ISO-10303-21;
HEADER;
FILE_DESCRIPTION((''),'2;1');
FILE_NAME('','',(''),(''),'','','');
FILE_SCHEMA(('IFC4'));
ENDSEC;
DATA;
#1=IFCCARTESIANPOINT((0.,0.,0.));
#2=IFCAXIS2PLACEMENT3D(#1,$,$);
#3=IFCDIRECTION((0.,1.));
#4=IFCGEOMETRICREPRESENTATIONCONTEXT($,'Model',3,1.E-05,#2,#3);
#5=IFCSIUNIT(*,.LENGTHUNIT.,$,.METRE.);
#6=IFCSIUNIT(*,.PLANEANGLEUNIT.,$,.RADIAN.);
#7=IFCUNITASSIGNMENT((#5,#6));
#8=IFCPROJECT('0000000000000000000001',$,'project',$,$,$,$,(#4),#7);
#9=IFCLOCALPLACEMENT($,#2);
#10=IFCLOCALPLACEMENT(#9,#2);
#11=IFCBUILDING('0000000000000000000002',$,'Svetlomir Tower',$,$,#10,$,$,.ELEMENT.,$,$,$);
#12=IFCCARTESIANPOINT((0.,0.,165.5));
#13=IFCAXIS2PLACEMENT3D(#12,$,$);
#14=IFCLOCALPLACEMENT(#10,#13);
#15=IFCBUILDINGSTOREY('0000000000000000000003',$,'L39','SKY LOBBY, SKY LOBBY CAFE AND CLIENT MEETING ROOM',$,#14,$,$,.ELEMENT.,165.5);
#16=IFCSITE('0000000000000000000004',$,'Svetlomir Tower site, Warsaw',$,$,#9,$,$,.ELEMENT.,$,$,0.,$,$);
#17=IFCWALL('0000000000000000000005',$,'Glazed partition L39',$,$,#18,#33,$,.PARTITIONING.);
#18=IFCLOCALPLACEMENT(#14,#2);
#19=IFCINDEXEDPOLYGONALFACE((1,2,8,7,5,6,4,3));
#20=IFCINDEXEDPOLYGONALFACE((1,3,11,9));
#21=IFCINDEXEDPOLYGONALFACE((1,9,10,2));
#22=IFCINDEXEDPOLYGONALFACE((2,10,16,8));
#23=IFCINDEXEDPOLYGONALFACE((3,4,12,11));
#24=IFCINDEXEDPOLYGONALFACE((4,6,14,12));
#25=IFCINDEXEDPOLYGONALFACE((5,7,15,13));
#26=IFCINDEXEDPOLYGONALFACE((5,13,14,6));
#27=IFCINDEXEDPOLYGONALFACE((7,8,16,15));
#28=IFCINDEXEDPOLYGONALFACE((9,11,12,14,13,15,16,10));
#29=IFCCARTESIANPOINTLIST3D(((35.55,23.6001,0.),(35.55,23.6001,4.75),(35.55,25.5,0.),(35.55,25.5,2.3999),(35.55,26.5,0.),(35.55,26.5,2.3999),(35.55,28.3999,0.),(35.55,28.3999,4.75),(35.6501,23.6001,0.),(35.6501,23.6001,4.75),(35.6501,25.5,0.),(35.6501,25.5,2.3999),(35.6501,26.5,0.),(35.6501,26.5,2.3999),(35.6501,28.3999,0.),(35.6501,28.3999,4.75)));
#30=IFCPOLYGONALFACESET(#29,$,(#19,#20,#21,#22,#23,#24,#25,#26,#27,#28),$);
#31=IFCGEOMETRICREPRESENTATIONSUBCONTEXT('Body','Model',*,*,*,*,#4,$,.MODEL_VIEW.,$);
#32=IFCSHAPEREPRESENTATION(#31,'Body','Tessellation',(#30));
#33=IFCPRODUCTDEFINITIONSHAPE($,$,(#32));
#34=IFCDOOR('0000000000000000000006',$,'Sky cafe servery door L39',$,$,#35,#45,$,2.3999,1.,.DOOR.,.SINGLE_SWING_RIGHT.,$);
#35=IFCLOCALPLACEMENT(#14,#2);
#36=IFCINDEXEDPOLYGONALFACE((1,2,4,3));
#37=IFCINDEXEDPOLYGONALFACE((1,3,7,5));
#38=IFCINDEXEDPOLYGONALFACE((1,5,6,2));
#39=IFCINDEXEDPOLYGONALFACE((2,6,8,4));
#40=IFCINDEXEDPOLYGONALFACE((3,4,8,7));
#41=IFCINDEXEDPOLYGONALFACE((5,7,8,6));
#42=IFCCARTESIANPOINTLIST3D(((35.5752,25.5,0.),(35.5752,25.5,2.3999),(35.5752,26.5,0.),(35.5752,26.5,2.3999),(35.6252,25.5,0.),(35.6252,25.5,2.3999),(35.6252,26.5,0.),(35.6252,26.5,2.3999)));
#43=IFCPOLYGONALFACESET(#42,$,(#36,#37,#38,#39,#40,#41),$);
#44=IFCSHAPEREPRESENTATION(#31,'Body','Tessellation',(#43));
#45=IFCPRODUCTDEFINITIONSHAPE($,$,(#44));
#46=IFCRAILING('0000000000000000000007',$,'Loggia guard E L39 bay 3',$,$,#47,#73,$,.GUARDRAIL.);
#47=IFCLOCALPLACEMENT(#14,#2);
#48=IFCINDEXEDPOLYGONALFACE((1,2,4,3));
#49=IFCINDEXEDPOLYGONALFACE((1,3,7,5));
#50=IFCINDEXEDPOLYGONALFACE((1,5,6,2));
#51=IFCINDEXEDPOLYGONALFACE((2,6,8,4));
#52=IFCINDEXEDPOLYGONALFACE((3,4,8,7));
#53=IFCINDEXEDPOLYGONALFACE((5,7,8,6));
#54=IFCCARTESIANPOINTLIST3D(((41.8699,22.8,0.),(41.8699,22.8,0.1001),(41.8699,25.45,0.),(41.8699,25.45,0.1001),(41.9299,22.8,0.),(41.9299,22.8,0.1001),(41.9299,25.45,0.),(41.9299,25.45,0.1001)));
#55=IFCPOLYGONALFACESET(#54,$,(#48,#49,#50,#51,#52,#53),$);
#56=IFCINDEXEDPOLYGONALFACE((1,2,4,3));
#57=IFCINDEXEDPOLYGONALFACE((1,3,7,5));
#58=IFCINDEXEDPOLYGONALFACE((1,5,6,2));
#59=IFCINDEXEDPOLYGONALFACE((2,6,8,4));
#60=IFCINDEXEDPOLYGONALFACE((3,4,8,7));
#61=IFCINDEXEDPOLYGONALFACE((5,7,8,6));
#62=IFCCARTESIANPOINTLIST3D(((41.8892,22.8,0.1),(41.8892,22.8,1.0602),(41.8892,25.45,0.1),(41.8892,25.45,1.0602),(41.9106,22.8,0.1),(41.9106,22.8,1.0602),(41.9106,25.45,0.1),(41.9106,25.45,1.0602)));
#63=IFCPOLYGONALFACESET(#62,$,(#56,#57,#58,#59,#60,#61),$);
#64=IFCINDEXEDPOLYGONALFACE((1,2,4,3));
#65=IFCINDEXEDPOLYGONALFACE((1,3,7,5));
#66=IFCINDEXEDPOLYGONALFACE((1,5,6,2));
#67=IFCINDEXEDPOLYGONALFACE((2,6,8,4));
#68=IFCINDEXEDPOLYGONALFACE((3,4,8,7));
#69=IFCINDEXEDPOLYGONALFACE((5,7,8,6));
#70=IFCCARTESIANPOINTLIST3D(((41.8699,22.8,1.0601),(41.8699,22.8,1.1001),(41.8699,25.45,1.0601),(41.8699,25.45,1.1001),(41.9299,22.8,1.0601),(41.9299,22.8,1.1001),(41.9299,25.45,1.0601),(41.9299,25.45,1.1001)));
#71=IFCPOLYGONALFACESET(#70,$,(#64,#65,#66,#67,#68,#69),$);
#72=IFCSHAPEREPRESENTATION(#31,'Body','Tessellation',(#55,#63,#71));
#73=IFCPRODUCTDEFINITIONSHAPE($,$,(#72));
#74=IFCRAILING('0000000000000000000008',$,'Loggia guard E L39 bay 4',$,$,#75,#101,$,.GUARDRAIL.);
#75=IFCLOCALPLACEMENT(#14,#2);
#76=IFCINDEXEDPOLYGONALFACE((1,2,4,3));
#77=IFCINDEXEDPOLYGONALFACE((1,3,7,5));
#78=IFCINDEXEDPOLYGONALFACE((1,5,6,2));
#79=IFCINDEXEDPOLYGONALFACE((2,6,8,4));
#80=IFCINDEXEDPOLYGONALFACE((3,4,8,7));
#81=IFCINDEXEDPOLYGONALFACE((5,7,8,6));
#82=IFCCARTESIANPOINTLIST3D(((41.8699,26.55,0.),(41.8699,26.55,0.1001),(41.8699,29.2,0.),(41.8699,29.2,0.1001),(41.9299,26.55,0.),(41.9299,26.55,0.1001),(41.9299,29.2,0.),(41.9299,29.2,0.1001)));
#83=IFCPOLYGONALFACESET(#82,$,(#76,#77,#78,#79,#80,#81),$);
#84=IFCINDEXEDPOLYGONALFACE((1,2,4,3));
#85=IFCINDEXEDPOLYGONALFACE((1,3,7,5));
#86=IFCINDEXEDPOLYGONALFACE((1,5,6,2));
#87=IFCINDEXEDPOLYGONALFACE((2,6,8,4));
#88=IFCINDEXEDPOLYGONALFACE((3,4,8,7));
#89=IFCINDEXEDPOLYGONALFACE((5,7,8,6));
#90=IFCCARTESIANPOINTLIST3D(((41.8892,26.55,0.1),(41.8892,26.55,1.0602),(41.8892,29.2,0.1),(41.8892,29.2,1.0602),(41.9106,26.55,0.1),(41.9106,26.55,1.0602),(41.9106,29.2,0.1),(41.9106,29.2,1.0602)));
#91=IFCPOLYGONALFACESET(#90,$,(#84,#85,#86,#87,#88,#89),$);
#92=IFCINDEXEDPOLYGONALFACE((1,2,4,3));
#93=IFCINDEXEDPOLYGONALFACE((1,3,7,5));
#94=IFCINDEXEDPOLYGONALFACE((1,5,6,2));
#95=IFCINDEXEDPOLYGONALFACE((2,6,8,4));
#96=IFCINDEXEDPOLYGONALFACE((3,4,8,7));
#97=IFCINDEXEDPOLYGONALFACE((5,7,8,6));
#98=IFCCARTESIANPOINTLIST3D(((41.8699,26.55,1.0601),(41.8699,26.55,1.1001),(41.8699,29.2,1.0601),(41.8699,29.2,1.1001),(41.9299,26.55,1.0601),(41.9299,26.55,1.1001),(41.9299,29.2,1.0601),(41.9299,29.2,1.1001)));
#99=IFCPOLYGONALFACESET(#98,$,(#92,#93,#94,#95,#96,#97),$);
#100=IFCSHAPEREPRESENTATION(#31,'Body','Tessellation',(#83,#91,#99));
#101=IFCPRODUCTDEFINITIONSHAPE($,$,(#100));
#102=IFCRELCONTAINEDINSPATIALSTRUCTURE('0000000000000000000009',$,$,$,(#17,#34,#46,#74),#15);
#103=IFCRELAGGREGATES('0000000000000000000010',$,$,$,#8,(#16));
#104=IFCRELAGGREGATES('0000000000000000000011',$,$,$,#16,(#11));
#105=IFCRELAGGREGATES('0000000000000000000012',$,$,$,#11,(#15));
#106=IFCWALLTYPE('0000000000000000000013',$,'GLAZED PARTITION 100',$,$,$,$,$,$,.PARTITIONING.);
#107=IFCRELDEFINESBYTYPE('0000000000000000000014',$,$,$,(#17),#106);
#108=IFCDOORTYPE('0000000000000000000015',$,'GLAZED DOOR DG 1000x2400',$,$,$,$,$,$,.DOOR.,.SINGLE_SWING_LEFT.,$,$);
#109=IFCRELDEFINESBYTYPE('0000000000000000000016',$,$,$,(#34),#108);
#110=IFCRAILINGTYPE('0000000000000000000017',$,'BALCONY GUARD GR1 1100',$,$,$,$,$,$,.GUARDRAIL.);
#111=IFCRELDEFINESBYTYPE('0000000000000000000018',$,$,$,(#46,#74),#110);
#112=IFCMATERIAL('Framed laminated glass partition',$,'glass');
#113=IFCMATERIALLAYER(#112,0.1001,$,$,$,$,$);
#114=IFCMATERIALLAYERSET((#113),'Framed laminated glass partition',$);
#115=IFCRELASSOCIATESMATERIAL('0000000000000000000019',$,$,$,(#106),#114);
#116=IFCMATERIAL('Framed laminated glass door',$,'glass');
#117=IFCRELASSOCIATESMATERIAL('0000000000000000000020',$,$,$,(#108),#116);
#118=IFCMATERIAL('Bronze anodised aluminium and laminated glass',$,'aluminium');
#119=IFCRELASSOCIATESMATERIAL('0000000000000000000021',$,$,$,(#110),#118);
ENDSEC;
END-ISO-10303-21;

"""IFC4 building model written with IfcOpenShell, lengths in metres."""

from ifc_helpers import new_model, si_unit, direction, frame, frame_2d, origin, origin_2d, place, context, subcontext, project, spatial, rectangle, extrude, material, layer, layer_set, type_object, element, fill, save


model = new_model("IFC4")

# Units and contexts
model_context = context("Model", 3, precision=1e-05, world=origin(), true_north=direction((0.0, 1.0)))
body_context = subcontext(model_context, "Body", "Model", "MODEL_VIEW")
ifc_project = project(units=[si_unit("LENGTHUNIT", "METRE"), si_unit("PLANEANGLEUNIT", "RADIAN")], contexts=[model_context])

# Site, building, storey
site_placement = place(None, origin())
site = spatial("IfcSite", under=ifc_project, at=site_placement, Name="Svetlomir Tower site, Warsaw", CompositionType="ELEMENT", RefElevation=0.0)
building_placement = place(site_placement, origin())
building = spatial("IfcBuilding", under=site, at=building_placement, Name="Svetlomir Tower", CompositionType="ELEMENT")
storey_placement = place(building_placement, frame((0.0, 0.0, 165.5)))
storey = spatial("IfcBuildingStorey", under=building, at=storey_placement, Name="L39", Description="SKY LOBBY, SKY LOBBY CAFE AND CLIENT MEETING ROOM", CompositionType="ELEMENT", Elevation=165.5)

# Shared definitions
ifc_material_1 = material(Name="Framed laminated glass partition", Category="glass")
ifc_layer_1 = layer(ifc_material_1, 0.1001)
ifc_layer_set_1 = layer_set([ifc_layer_1], Name="Framed laminated glass partition")
wall_type = type_object("IfcWallType", Name="GLAZED PARTITION 100", PredefinedType="PARTITIONING", material=ifc_layer_set_1)

# Wall, opening, door
wall_1_placement = place(storey_placement, frame((35.6001, 23.6001, 0.0), z_axis=(0.0, 0.0, 1.0), x_axis=(0.0, 1.0, 0.0)))
wall_1 = element("IfcWall", 1, at=wall_1_placement, inside=storey, type_object=wall_type, Name="Glazed partition L39", PredefinedType="PARTITIONING", context=body_context, shape_type="SweptSolid", body=[
    extrude(rectangle(XDim=4.7998, YDim=0.1001, at=frame_2d((2.3999, 0.0))), origin(), (0.0, 0.0, 1.0), 4.75),
])
opening_placement = place(wall_1_placement, frame((1.8999, 0.0, 0.0)))
opening = element("IfcOpeningElement", 2, at=opening_placement, cuts=wall_1, PredefinedType="OPENING", context=body_context, shape_type="SweptSolid", body=[
    extrude(rectangle(XDim=1.0, YDim=2.3999, at=frame_2d((0.5, 1.2))), frame((0.0, 0.0601, 0.0), z_axis=(0.0, -1.0, 0.0), x_axis=(1.0, 0.0, 0.0)), (0.0, 0.0, 1.0), 0.1201),
])
ifc_material_2 = material(Name="Framed laminated glass door", Category="glass")
door_type = type_object("IfcDoorType", Name="GLAZED DOOR DG 1000x2400", OperationType="SINGLE_SWING_LEFT", PredefinedType="DOOR", material=ifc_material_2)
door_placement = place(opening_placement, origin())
door = element("IfcDoor", 3, at=door_placement, inside=storey, type_object=door_type, Name="Sky cafe servery door L39", OperationType="SINGLE_SWING_RIGHT", OverallHeight=2.3999, OverallWidth=1.0, PredefinedType="DOOR", context=body_context, shape_type="SweptSolid", body=[
    extrude(rectangle(XDim=1.0, YDim=2.3999, at=frame_2d((0.5, 1.2))), frame((0.0, 0.0249, 0.0), z_axis=(0.0, -1.0, 0.0), x_axis=(1.0, 0.0, 0.0)), (0.0, 0.0, 1.0), 0.05),
])
fill(opening, door)

# Railings
ifc_material_3 = material(Name="Bronze anodised aluminium and laminated glass", Category="aluminium")
railing_type = type_object("IfcRailingType", Name="BALCONY GUARD GR1 1100", PredefinedType="GUARDRAIL", material=ifc_material_3)
for number, where, name in (
    (4, (41.8999, 22.8, 0.0), "Loggia guard E L39 bay 3"),
    (5, (41.8999, 26.55, 0.0), "Loggia guard E L39 bay 4"),
):
    element("IfcRailing", number, at=place(storey_placement, frame(where)), inside=storey, type_object=railing_type, Name=name, PredefinedType="GUARDRAIL", context=body_context, shape_type="SweptSolid", body=[
        extrude(rectangle(XDim=0.0601, YDim=0.1001, at=origin_2d()), frame((0.0, 0.0, 0.05), z_axis=(0.0, 1.0, 0.0), x_axis=(-1.0, 0.0, 0.0)), (0.0, 0.0, 1.0), 2.6499),
        extrude(rectangle(XDim=0.0215, YDim=0.9602, at=origin_2d()), frame((0.0, 0.0, 0.5801), z_axis=(0.0, 1.0, 0.0), x_axis=(-1.0, 0.0, 0.0)), (0.0, 0.0, 1.0), 2.6499),
        extrude(rectangle(XDim=0.0601, YDim=0.04, at=origin_2d()), frame((0.0, 0.0, 1.0801), z_axis=(0.0, 1.0, 0.0), x_axis=(-1.0, 0.0, 0.0)), (0.0, 0.0, 1.0), 2.6499),
    ])

save(model, "model.ifc")
